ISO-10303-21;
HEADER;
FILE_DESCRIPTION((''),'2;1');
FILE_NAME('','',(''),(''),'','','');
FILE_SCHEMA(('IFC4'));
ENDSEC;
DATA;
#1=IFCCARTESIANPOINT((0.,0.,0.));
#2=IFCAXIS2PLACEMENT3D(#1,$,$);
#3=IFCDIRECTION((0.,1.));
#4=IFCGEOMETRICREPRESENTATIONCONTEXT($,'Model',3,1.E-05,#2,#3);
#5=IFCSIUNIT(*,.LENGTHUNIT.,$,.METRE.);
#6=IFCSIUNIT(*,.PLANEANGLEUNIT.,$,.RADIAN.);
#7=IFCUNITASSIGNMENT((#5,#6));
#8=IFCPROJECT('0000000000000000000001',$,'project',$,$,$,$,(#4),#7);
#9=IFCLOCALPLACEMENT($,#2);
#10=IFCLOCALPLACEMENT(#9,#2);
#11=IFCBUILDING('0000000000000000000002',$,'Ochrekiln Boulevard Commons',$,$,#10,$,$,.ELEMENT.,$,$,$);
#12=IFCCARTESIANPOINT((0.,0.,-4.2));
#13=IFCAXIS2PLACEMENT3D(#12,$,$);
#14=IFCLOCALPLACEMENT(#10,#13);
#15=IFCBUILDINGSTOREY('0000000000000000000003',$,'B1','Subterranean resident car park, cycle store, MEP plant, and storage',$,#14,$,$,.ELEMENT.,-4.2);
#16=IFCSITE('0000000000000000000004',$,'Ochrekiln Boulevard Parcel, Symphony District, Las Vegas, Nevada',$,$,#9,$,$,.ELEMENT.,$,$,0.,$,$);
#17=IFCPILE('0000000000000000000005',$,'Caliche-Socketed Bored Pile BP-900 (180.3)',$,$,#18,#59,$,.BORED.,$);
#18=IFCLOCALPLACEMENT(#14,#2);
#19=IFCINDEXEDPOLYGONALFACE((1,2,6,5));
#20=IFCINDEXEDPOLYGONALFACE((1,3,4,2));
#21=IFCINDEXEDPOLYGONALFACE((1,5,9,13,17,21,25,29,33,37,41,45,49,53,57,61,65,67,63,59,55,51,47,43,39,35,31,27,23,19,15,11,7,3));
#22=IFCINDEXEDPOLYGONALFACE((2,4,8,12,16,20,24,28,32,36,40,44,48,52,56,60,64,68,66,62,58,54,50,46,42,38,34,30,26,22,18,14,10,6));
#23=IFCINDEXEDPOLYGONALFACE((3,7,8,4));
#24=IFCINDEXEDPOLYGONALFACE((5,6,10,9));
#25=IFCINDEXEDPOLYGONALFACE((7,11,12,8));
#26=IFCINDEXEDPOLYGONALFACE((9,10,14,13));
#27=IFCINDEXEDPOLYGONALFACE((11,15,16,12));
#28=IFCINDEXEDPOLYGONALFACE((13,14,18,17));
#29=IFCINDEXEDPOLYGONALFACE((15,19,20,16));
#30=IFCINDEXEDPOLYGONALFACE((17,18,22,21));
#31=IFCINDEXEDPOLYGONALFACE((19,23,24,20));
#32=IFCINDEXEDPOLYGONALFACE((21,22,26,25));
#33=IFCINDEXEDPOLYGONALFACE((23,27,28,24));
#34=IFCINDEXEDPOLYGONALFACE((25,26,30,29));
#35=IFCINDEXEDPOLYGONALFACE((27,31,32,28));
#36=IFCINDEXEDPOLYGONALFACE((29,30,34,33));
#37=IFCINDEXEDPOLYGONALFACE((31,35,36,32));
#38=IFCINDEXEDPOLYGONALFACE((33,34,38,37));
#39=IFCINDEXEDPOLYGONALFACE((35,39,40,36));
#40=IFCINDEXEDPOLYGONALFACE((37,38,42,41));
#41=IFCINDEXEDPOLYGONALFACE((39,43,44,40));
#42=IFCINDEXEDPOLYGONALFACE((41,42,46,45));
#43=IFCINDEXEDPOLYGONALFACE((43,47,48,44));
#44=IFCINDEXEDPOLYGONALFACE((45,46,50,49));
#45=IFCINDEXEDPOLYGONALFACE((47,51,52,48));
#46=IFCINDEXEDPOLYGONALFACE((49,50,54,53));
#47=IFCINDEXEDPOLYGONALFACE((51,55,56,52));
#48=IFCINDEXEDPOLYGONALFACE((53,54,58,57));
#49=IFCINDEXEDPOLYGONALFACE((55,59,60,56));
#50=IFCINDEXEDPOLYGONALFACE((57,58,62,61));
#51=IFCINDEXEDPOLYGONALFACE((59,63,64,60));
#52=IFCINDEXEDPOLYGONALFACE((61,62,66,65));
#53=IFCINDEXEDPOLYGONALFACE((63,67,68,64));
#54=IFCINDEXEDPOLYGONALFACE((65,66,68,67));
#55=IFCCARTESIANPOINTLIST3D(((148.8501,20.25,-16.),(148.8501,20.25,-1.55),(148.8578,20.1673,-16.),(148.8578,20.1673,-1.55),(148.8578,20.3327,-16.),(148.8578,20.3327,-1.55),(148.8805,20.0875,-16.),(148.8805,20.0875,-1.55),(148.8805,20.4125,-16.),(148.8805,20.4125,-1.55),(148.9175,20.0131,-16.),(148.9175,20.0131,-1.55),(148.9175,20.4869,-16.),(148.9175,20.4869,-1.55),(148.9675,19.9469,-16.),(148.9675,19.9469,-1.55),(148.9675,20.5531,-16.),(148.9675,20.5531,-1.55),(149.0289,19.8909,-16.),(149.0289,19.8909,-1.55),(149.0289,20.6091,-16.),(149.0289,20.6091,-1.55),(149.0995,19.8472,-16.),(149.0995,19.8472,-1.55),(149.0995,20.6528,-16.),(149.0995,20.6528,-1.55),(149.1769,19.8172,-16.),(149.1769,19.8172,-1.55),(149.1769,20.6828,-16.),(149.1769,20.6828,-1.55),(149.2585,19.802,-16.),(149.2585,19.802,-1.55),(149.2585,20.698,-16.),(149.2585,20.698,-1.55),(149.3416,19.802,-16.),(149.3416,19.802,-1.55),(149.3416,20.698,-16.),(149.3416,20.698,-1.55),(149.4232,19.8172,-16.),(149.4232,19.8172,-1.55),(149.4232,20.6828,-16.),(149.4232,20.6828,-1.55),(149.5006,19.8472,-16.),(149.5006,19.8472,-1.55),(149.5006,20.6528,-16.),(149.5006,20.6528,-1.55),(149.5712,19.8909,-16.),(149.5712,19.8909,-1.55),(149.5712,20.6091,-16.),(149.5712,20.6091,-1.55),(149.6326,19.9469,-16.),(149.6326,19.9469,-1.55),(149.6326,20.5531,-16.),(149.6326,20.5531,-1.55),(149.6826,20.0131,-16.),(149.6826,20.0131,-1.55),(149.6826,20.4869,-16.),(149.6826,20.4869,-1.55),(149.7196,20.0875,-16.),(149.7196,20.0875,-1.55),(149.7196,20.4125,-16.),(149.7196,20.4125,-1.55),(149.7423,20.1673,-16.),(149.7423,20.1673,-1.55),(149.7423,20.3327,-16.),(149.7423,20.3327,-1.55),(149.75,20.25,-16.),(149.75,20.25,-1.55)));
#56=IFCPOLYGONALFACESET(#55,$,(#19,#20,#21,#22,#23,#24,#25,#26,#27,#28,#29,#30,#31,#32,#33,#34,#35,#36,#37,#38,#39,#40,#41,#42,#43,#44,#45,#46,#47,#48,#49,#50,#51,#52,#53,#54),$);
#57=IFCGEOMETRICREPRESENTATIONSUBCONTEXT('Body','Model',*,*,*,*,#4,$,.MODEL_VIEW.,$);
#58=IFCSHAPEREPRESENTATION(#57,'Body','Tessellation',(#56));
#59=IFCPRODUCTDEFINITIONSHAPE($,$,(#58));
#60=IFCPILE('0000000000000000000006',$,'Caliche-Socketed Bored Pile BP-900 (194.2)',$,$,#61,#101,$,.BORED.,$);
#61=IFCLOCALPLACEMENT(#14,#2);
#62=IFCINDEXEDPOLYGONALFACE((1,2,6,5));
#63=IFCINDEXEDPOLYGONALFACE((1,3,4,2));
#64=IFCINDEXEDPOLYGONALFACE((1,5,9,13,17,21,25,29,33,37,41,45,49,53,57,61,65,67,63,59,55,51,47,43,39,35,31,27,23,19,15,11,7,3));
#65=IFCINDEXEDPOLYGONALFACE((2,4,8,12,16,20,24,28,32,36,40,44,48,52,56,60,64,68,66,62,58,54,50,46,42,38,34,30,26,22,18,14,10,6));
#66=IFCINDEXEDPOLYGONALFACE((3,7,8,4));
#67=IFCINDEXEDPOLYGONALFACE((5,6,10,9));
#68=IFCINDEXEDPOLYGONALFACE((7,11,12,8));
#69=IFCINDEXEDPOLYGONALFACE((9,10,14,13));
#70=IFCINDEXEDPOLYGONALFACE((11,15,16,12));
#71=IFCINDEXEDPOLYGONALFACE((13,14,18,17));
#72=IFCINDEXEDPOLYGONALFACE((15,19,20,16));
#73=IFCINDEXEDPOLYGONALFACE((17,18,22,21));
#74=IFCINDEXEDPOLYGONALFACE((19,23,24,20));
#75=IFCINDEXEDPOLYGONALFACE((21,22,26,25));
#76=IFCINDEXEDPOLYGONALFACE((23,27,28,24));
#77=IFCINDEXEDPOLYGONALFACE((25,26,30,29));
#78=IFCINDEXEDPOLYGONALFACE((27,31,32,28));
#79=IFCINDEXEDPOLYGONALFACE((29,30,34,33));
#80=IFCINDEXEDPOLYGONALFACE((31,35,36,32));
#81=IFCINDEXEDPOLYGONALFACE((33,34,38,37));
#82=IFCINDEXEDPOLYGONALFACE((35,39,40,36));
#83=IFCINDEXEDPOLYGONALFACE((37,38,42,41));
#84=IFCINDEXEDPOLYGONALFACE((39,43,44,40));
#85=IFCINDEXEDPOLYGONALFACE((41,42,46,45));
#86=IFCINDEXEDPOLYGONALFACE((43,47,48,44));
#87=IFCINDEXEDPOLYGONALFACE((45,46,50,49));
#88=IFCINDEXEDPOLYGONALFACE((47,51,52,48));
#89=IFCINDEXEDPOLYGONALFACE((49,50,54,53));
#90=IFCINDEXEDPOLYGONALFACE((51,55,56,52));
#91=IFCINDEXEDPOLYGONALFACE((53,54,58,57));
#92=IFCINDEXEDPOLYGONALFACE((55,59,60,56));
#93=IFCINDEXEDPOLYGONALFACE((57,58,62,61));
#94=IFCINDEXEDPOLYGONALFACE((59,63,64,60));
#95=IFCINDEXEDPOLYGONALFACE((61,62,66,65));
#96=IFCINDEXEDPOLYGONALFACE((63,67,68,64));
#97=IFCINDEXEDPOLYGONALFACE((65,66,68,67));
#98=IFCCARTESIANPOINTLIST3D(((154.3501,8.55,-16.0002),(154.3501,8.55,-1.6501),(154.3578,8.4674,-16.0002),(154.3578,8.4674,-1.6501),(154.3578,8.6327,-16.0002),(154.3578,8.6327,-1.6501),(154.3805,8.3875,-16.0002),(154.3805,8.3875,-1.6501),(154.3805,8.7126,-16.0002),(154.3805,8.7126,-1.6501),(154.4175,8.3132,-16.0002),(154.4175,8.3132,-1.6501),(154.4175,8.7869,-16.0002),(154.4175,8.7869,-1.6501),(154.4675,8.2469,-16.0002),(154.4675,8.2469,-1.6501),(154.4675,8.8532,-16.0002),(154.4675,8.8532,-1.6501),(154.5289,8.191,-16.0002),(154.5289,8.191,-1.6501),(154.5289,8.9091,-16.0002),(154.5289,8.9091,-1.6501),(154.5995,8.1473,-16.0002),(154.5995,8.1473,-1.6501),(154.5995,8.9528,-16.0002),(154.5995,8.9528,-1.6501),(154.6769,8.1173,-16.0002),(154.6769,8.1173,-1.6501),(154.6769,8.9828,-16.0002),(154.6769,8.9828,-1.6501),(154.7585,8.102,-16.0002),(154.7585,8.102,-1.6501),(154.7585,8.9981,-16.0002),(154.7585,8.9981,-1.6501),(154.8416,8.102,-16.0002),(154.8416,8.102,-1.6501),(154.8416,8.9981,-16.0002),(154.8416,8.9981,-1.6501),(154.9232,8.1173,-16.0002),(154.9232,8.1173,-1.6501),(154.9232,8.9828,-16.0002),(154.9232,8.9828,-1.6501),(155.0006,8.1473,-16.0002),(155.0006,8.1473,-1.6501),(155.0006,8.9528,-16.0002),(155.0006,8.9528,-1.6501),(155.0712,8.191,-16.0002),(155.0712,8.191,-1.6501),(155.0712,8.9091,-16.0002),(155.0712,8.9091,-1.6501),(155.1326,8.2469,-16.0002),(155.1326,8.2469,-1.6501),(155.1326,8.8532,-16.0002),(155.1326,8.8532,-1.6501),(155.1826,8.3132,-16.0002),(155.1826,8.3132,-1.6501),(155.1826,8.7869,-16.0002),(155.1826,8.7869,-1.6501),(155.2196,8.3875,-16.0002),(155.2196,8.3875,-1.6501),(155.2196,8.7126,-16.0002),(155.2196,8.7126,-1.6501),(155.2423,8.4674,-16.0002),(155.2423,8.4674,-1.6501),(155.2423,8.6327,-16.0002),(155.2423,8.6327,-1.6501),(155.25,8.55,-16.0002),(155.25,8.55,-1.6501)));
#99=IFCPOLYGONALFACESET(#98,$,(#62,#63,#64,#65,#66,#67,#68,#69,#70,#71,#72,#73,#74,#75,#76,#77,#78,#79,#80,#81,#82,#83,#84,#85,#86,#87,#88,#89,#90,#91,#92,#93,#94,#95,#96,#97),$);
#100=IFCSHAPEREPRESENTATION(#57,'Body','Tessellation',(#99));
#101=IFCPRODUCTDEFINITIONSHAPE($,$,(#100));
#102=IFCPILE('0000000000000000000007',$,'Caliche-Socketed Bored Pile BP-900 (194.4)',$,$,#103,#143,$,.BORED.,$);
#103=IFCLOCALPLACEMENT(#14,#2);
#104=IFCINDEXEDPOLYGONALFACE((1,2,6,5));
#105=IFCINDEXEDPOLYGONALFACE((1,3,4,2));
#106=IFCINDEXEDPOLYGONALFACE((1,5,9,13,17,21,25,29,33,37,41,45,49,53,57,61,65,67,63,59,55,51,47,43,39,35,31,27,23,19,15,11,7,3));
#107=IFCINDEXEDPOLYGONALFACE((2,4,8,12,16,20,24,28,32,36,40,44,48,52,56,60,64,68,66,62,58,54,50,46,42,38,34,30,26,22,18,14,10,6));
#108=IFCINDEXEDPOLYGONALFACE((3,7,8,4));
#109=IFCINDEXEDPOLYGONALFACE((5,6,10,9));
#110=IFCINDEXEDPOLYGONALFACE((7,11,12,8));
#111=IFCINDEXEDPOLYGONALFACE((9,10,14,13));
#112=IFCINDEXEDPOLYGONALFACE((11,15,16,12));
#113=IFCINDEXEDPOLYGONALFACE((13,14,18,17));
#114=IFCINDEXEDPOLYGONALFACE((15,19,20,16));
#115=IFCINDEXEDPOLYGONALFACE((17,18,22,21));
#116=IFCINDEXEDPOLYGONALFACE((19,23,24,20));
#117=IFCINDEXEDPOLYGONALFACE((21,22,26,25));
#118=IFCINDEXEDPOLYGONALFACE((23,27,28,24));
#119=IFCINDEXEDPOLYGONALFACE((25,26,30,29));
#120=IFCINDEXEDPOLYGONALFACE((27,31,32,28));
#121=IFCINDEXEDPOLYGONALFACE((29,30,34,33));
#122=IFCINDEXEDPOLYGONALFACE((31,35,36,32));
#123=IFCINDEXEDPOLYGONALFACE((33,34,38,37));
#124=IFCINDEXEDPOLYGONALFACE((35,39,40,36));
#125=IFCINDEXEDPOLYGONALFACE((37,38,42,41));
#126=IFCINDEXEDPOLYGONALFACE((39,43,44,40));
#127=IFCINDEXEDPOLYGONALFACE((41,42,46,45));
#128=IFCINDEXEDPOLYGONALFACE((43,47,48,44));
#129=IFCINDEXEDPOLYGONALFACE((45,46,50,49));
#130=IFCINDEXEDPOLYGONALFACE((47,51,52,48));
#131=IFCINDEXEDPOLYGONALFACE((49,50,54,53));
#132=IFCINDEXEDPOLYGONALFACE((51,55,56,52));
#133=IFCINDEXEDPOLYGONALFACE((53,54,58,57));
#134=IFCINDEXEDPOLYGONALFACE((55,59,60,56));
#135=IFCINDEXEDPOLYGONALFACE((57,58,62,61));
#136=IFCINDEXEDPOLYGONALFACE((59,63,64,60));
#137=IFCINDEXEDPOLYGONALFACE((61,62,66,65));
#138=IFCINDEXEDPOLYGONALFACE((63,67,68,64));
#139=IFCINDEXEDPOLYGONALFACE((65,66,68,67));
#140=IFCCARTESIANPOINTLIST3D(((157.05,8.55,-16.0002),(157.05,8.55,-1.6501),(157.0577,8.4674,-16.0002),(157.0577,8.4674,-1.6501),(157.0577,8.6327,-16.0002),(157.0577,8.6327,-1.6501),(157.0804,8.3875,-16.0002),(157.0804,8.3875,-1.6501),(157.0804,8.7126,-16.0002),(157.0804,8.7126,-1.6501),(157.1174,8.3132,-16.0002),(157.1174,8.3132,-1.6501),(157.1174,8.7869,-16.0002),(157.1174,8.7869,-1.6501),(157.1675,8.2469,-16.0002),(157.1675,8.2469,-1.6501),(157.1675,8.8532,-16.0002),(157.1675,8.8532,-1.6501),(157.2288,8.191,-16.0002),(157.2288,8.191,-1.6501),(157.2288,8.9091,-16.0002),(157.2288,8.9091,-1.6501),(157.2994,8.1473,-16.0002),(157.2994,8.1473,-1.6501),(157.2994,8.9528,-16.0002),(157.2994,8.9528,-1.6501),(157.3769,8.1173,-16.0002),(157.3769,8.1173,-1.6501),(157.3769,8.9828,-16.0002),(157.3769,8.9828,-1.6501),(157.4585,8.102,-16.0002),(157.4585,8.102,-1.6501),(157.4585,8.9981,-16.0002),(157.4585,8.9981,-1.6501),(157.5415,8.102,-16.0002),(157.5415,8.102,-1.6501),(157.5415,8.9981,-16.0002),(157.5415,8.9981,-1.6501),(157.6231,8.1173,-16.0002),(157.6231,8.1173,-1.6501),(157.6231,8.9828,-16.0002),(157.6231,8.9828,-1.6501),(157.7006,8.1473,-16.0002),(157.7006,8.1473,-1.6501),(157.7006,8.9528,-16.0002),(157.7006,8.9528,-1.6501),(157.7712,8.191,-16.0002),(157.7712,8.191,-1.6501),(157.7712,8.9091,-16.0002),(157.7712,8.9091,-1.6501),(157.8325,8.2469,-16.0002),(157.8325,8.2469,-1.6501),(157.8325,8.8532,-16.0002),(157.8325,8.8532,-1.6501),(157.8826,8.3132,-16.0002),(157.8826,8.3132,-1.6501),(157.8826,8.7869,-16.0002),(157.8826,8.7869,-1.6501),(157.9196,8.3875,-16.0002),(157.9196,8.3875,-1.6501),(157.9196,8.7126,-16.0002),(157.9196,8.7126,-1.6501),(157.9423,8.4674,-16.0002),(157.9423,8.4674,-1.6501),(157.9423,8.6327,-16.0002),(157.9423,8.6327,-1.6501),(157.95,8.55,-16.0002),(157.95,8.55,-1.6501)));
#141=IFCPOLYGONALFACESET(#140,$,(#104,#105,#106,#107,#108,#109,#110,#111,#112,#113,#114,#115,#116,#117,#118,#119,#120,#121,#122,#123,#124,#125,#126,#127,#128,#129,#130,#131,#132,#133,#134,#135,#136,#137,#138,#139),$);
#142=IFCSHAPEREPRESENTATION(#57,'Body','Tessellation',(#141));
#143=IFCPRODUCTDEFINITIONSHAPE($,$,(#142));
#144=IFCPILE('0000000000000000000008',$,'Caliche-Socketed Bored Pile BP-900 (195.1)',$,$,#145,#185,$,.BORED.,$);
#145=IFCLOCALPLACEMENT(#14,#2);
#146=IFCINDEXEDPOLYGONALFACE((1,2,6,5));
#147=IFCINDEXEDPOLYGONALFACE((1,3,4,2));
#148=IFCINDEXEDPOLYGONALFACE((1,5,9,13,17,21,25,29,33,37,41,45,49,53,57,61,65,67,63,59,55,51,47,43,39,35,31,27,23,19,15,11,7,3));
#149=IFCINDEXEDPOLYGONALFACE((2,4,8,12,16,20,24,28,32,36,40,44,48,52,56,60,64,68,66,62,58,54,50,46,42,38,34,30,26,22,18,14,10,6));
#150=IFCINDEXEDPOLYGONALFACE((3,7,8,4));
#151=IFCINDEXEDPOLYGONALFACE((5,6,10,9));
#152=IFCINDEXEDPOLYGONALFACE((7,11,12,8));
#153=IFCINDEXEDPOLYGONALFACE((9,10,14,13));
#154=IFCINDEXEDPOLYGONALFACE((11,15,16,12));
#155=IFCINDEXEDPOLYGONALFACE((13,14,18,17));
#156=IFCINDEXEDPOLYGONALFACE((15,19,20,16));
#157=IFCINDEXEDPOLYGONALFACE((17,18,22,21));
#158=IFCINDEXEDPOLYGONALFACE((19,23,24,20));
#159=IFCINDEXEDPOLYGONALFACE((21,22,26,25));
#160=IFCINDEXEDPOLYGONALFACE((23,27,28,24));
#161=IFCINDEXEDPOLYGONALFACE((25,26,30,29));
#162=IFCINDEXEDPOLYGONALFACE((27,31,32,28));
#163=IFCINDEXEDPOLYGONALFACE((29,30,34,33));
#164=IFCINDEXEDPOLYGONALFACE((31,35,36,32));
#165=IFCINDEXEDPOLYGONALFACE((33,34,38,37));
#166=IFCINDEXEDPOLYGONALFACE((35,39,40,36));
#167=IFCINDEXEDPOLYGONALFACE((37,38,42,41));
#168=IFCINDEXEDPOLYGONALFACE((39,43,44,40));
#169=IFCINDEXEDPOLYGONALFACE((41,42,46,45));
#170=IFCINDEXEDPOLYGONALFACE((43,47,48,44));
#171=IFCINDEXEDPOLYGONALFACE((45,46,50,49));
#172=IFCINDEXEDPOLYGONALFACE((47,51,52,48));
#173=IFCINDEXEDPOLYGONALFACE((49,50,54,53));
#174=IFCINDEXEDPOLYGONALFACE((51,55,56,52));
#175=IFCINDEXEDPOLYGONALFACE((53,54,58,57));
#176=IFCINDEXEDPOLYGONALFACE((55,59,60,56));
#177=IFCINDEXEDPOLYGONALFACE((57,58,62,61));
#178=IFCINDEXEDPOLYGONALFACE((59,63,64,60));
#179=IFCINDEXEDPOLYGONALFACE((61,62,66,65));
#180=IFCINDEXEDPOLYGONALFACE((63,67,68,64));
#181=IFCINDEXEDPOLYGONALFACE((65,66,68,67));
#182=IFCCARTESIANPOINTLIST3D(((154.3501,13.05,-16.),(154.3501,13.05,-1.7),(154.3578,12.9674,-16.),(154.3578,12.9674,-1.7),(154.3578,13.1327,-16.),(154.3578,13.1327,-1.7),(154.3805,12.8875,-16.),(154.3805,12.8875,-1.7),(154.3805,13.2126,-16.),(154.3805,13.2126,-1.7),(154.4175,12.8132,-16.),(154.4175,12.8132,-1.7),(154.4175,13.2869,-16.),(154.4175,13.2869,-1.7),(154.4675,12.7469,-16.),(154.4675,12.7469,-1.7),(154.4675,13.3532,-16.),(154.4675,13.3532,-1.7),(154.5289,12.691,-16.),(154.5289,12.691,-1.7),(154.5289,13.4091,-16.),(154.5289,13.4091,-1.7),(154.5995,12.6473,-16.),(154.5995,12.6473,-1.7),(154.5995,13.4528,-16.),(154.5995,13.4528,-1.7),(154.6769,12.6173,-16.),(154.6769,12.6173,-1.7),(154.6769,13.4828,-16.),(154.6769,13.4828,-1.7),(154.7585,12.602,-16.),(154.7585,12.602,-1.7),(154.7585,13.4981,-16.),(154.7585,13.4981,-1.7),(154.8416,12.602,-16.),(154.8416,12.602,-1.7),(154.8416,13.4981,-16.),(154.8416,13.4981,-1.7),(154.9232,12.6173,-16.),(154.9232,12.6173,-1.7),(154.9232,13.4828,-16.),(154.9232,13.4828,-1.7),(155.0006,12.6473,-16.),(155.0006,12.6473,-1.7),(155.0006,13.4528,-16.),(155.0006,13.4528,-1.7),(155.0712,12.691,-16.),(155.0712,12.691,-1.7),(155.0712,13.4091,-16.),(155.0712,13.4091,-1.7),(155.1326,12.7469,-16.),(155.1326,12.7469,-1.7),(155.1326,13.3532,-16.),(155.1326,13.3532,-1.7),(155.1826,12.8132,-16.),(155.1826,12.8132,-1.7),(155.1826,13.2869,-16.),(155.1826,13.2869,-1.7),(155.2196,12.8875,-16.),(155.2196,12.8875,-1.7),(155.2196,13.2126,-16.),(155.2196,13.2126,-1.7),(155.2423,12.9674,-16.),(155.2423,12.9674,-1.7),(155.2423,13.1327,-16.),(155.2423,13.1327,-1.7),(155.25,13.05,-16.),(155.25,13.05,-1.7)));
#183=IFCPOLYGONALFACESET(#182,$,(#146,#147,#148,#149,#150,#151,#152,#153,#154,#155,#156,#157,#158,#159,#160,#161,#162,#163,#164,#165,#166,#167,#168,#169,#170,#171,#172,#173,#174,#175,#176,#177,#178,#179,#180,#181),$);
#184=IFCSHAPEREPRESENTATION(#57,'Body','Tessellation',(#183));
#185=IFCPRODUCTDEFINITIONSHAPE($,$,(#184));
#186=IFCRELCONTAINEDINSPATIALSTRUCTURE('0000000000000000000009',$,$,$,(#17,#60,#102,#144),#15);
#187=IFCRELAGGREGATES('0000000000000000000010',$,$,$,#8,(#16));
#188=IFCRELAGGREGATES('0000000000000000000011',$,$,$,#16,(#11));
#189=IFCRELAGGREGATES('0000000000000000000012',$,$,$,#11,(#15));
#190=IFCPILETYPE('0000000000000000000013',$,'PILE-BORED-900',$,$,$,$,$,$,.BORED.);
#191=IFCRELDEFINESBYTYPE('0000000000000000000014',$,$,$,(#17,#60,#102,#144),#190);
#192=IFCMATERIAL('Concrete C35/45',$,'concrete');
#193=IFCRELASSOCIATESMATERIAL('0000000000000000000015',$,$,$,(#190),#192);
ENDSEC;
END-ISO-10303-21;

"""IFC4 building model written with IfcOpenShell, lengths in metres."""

from ifc_helpers import new_model, si_unit, direction, frame, origin, origin_2d, place, context, subcontext, project, spatial, circle, extrude, material, material_profile, profile_set, type_object, element, save


model = new_model("IFC4")

# Units and contexts
model_context = context("Model", 3, precision=1e-05, world=origin(), true_north=direction((0.0, 1.0)))
body_context = subcontext(model_context, "Body", "Model", "MODEL_VIEW")
ifc_project = project(units=[si_unit("LENGTHUNIT", "METRE"), si_unit("PLANEANGLEUNIT", "RADIAN")], contexts=[model_context])

# Site, building, storey
site_placement = place(None, origin())
site = spatial("IfcSite", under=ifc_project, at=site_placement, Name="Ochrekiln Boulevard Parcel, Symphony District, Las Vegas, Nevada", CompositionType="ELEMENT", RefElevation=0.0)
building_placement = place(site_placement, origin())
building = spatial("IfcBuilding", under=site, at=building_placement, Name="Ochrekiln Boulevard Commons", CompositionType="ELEMENT")
storey_placement = place(building_placement, frame((0.0, 0.0, -4.2)))
storey = spatial("IfcBuildingStorey", under=building, at=storey_placement, Name="B1", Description="Subterranean resident car park, cycle store, MEP plant, and storage", CompositionType="ELEMENT", Elevation=-4.2)

# Shared definitions
ifc_material_1 = material(Name="Concrete C35/45", Category="concrete")

# Piles
ifc_material_profile_1 = material_profile(ifc_material_1, circle(Radius=0.45, at=origin_2d()), Name="PILE-D900")
ifc_profile_set_1 = profile_set([ifc_material_profile_1], Name="Concrete C35/45")
pile_type = type_object("IfcPileType", Name="PILE-BORED-900", PredefinedType="BORED", material=ifc_profile_set_1)
for number, where, z_axis, x_axis, name in (
    (1, (149.3, 20.25, -1.55), (0.0, 0.0, -1.0), (1.0, 0.0, 0.0), "Caliche-Socketed Bored Pile BP-900 (180.3)"),
):
    element("IfcPile", number, at=place(storey_placement, frame(where, z_axis=z_axis, x_axis=x_axis)), inside=storey, type_object=pile_type, Name=name, PredefinedType="BORED", context=body_context, shape_type="SweptSolid", body=[
        extrude(circle(Radius=0.45, at=origin_2d()), origin(), (0.0, 0.0, 1.0), 14.45),
    ])
for number, where, z_axis, x_axis, name in (
    (2, (154.8, 8.55, -1.6501), (0.0, 0.0, -1.0), (1.0, 0.0, 0.0), "Caliche-Socketed Bored Pile BP-900 (194.2)"),
    (3, (157.5, 8.55, -1.6501), (0.0, 0.0, -1.0), (1.0, 0.0, 0.0), "Caliche-Socketed Bored Pile BP-900 (194.4)"),
):
    element("IfcPile", number, at=place(storey_placement, frame(where, z_axis=z_axis, x_axis=x_axis)), inside=storey, type_object=pile_type, Name=name, PredefinedType="BORED", context=body_context, shape_type="SweptSolid", body=[
        extrude(circle(Radius=0.45, at=origin_2d()), origin(), (0.0, 0.0, 1.0), 14.3501),
    ])
for number, where, z_axis, x_axis, name in (
    (4, (154.8, 13.05, -1.7), (0.0, 0.0, -1.0), (1.0, 0.0, 0.0), "Caliche-Socketed Bored Pile BP-900 (195.1)"),
):
    element("IfcPile", number, at=place(storey_placement, frame(where, z_axis=z_axis, x_axis=x_axis)), inside=storey, type_object=pile_type, Name=name, PredefinedType="BORED", context=body_context, shape_type="SweptSolid", body=[
        extrude(circle(Radius=0.45, at=origin_2d()), origin(), (0.0, 0.0, 1.0), 14.3),
    ])

save(model, "model.ifc")
